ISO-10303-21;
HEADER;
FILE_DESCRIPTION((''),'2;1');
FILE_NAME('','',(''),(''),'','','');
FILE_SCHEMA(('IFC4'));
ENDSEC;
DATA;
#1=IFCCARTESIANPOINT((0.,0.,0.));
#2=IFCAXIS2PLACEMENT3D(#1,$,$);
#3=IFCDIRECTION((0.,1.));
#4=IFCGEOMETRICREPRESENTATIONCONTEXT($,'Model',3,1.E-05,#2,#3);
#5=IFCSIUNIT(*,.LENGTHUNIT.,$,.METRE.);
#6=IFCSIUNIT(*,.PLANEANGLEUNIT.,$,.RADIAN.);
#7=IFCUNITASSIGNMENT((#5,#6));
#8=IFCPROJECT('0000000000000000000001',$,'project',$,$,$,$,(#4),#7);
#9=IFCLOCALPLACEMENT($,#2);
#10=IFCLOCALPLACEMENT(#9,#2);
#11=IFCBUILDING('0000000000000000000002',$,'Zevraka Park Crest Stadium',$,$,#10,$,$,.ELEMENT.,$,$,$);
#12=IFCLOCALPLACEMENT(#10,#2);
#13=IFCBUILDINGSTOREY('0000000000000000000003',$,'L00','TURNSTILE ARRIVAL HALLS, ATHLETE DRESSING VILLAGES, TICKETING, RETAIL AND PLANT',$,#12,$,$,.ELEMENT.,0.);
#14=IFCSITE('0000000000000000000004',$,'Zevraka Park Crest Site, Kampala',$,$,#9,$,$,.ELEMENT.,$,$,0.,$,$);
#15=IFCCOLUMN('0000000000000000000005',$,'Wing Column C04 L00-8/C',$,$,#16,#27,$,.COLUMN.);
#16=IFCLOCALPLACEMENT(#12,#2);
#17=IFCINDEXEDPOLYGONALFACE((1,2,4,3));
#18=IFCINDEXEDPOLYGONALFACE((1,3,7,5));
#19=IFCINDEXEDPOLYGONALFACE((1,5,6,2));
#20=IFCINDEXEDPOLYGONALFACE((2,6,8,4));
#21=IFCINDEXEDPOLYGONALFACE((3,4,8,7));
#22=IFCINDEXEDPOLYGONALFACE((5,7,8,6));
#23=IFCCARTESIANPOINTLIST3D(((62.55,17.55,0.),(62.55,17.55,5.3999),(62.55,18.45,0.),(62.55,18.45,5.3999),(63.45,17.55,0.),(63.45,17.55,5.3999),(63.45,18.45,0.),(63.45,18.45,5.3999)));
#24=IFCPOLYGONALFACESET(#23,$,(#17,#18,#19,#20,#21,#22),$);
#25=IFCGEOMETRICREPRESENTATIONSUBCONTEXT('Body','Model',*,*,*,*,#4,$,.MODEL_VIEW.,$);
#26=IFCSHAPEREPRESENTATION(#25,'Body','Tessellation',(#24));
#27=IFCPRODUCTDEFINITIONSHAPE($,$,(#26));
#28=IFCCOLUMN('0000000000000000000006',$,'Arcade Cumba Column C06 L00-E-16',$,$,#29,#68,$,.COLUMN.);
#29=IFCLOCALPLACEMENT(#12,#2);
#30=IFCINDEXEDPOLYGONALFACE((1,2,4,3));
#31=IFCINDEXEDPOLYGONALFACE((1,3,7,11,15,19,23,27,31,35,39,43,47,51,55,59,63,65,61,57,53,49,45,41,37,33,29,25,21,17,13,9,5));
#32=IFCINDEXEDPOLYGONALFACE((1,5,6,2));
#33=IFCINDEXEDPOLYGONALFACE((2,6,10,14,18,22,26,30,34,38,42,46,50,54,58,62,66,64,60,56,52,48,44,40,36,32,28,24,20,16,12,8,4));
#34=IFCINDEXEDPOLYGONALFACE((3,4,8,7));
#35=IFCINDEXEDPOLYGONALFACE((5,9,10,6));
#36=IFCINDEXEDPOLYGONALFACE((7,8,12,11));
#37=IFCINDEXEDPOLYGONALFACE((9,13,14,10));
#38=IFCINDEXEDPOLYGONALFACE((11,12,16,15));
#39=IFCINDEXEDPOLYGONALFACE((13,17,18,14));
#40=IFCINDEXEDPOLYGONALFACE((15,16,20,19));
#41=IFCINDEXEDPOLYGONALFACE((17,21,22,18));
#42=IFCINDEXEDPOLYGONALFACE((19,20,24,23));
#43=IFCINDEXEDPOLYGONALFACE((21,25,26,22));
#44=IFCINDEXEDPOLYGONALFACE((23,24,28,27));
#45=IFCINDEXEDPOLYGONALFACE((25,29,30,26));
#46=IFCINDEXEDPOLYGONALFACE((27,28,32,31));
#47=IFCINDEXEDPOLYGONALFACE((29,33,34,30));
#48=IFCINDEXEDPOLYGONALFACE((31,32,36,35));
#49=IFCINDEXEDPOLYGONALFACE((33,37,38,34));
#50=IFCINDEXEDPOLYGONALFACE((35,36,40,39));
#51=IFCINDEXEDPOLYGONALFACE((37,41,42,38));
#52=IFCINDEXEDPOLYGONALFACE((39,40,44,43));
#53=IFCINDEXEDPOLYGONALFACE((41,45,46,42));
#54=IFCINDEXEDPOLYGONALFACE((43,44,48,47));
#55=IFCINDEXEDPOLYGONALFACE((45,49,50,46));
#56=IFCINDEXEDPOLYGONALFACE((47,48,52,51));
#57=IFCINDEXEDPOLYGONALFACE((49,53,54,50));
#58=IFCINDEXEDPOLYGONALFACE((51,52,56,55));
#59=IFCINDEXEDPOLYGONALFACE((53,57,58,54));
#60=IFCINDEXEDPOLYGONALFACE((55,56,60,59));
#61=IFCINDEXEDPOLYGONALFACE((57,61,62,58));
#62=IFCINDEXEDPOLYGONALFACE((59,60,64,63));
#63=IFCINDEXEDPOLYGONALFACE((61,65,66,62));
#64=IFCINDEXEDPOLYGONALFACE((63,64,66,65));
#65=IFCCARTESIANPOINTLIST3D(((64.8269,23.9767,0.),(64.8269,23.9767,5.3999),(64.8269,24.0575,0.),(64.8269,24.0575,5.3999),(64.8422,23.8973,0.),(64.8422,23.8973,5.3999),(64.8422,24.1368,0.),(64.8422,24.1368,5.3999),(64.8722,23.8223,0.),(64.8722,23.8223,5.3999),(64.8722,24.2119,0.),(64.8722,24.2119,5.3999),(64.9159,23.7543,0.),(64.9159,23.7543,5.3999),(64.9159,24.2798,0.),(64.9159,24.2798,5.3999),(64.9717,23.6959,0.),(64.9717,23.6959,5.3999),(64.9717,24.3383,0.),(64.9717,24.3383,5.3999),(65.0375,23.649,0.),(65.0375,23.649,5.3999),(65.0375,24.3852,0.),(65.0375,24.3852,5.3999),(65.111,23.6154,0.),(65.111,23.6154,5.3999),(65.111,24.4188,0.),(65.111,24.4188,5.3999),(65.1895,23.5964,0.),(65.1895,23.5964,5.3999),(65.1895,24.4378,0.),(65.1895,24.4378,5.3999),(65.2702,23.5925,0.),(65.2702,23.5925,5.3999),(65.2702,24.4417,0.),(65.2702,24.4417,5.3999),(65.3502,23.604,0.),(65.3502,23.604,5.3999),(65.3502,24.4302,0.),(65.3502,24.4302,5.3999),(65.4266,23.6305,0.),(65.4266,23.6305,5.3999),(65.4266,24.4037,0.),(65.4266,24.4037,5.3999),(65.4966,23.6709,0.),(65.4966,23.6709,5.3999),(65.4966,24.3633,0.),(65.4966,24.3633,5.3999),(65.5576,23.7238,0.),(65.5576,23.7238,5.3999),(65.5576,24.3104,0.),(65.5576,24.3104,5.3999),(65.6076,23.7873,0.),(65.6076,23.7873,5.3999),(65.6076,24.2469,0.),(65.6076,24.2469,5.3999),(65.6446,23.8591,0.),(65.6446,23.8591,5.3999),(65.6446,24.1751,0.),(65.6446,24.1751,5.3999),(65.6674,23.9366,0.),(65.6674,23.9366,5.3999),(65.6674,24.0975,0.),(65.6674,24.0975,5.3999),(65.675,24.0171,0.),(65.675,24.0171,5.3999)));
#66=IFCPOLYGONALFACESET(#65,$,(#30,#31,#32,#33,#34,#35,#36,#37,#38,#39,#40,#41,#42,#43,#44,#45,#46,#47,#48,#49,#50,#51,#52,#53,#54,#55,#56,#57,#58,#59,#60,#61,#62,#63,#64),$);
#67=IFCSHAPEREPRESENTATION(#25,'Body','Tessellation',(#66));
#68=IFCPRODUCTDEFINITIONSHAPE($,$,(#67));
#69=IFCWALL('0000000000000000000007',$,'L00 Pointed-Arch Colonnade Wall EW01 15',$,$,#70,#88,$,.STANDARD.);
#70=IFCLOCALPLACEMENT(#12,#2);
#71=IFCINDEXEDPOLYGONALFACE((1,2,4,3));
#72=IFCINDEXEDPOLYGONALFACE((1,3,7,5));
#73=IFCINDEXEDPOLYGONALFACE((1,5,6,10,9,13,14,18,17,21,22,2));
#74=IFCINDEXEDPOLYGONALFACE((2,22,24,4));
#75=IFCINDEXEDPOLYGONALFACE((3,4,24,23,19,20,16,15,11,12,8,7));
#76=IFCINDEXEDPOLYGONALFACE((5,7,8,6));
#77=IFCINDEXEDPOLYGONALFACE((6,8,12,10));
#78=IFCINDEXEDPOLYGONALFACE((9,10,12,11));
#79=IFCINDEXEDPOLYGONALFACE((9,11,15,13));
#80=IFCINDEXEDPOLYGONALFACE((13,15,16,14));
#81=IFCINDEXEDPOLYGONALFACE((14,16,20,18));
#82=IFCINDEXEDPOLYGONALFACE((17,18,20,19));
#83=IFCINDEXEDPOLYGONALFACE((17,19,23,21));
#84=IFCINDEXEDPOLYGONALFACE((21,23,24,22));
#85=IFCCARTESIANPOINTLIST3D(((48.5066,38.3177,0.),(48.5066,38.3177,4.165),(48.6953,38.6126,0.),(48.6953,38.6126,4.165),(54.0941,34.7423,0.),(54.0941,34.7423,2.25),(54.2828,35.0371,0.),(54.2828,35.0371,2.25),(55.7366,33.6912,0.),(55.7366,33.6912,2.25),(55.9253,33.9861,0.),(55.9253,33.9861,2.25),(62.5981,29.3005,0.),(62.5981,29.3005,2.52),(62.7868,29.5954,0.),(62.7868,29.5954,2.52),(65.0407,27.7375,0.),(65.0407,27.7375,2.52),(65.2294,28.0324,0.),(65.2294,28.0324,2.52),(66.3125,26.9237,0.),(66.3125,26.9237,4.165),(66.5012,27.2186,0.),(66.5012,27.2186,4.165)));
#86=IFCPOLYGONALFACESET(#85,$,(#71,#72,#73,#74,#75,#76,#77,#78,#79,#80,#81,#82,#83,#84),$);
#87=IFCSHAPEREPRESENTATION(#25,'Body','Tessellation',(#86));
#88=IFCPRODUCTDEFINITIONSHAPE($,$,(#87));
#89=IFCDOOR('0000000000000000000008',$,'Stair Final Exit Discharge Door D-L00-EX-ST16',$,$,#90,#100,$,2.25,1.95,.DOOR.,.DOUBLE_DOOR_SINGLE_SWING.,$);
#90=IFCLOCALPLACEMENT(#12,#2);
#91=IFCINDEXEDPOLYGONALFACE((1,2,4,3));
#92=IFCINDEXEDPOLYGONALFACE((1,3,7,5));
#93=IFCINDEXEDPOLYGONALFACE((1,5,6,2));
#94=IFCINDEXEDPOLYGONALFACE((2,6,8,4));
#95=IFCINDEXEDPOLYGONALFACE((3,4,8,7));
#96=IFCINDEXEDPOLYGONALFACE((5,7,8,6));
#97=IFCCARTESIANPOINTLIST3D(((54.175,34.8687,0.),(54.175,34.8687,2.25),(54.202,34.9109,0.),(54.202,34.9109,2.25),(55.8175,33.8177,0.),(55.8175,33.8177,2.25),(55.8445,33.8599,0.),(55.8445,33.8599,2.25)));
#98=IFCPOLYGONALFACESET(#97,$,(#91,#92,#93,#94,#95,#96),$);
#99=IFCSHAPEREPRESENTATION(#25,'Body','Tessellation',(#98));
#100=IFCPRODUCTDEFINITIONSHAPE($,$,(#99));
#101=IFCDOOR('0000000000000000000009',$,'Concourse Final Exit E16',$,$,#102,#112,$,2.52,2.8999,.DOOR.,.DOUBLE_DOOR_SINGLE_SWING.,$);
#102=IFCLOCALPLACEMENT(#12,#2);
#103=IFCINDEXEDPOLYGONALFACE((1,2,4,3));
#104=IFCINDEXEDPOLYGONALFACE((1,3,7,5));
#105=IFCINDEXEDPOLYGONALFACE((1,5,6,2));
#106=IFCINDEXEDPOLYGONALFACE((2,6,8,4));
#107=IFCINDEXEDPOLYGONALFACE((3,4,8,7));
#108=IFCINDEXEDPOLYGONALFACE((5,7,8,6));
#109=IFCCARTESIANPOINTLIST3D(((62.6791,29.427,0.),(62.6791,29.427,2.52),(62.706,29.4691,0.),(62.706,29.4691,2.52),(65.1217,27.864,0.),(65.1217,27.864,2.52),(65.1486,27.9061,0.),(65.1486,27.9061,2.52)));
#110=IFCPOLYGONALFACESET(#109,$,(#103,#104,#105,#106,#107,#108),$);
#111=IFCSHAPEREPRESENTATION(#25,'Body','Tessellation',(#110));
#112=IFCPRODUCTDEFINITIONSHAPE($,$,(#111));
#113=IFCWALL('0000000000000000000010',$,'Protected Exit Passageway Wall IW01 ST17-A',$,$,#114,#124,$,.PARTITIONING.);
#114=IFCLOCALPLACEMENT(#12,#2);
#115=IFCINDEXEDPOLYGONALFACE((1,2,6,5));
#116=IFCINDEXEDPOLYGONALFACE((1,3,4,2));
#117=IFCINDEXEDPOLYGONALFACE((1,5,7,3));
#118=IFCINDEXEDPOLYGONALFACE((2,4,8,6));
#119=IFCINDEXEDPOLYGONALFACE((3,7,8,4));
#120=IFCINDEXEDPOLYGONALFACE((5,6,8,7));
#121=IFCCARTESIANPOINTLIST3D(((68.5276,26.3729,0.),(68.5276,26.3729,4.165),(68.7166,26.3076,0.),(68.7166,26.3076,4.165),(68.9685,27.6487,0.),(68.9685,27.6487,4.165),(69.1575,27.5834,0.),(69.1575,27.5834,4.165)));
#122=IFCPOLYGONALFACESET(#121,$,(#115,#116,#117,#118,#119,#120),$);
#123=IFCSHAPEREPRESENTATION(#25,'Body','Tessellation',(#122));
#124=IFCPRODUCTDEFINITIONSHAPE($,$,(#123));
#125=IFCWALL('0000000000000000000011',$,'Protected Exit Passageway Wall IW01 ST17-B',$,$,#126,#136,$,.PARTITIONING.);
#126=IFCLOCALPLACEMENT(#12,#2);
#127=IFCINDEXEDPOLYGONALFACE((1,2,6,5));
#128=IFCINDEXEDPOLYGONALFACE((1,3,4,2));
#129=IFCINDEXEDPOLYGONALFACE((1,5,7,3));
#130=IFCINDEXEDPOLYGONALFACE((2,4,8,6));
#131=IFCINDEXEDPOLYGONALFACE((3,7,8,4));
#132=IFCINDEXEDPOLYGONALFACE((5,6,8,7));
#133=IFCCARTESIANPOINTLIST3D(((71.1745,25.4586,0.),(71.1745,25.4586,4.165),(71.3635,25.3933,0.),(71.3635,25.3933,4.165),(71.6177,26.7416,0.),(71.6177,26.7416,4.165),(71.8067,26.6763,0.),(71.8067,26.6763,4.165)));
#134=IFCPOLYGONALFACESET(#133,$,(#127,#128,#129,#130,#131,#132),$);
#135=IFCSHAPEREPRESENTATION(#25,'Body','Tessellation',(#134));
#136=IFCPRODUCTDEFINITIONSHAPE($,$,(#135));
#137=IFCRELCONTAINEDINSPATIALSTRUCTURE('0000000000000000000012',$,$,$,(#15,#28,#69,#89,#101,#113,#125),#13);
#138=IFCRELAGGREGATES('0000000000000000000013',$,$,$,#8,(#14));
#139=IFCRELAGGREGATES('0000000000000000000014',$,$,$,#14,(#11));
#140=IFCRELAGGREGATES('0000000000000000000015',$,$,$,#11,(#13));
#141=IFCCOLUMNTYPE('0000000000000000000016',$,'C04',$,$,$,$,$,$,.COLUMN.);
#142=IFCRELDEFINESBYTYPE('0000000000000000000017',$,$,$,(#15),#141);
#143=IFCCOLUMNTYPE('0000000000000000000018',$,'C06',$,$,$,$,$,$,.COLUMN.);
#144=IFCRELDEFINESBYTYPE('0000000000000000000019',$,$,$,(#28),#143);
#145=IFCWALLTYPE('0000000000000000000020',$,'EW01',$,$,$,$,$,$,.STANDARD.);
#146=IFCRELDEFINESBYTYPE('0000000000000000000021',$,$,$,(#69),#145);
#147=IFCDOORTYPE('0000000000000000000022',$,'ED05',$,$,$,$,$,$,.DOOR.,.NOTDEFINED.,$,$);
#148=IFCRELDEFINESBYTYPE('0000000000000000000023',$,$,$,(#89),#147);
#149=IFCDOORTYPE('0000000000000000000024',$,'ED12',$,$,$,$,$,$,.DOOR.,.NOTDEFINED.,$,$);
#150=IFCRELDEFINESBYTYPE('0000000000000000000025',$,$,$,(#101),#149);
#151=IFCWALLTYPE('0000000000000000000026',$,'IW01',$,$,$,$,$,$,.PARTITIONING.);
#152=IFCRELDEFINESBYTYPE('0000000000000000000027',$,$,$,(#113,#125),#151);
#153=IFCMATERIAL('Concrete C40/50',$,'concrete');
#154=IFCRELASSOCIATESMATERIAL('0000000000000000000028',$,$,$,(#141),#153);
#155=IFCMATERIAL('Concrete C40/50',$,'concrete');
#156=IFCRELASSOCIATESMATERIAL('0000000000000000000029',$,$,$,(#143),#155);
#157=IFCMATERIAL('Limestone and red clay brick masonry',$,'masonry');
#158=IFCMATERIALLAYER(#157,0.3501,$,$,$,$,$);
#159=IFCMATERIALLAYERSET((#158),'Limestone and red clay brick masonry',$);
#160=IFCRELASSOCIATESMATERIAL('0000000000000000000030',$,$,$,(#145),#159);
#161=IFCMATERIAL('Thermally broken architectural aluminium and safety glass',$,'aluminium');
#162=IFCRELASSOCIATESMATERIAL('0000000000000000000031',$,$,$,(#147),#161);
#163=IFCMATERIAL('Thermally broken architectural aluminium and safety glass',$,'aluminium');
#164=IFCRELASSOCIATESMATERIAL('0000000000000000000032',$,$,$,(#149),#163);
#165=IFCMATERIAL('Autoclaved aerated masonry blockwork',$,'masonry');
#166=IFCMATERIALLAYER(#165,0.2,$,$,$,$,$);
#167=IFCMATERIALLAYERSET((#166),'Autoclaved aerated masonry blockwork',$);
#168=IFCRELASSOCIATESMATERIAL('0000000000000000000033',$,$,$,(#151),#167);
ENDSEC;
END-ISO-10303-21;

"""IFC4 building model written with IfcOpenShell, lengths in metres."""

from ifc_helpers import new_model, si_unit, direction, frame, frame_2d, origin, origin_2d, place, context, subcontext, project, spatial, rectangle, circle, extrude, material, layer, layer_set, material_profile, profile_set, type_object, element, fill, save


model = new_model("IFC4")

# Units and contexts
model_context = context("Model", 3, precision=1e-05, world=origin(), true_north=direction((0.0, 1.0)))
body_context = subcontext(model_context, "Body", "Model", "MODEL_VIEW")
ifc_project = project(units=[si_unit("LENGTHUNIT", "METRE"), si_unit("PLANEANGLEUNIT", "RADIAN")], contexts=[model_context])

# Site, building, storey
site_placement = place(None, origin())
site = spatial("IfcSite", under=ifc_project, at=site_placement, Name="Zevraka Park Crest Site, Kampala", CompositionType="ELEMENT", RefElevation=0.0)
building_placement = place(site_placement, origin())
building = spatial("IfcBuilding", under=site, at=building_placement, Name="Zevraka Park Crest Stadium", CompositionType="ELEMENT")
storey_placement = place(building_placement, origin())
storey = spatial("IfcBuildingStorey", under=building, at=storey_placement, Name="L00", Description="TURNSTILE ARRIVAL HALLS, ATHLETE DRESSING VILLAGES, TICKETING, RETAIL AND PLANT", CompositionType="ELEMENT", Elevation=0.0)

# Columns
ifc_material_1 = material(Name="Concrete C40/50", Category="concrete")
ifc_material_profile_1 = material_profile(ifc_material_1, rectangle(XDim=0.8999, YDim=0.8999, at=origin_2d()), Name="RC 900x900")
ifc_profile_set_1 = profile_set([ifc_material_profile_1], Name="Concrete C40/50")
column_type_1 = type_object("IfcColumnType", Name="C04", PredefinedType="COLUMN", material=ifc_profile_set_1)
column_1_placement = place(storey_placement, frame((63.0, 18.0, 0.0), z_axis=(0.0, 0.0, 1.0), x_axis=(1.0, 0.0, 0.0)))
element("IfcColumn", 1, at=column_1_placement, inside=storey, type_object=column_type_1, Name="Wing Column C04 L00-8/C", PredefinedType="COLUMN", context=body_context, shape_type="SweptSolid", body=[
    extrude(rectangle(XDim=0.8999, YDim=0.8999, at=origin_2d()), origin(), (0.0, 0.0, 1.0), 5.3999),
])
ifc_material_2 = material(Name="Concrete C40/50", Category="concrete")
ifc_material_profile_2 = material_profile(ifc_material_2, circle(Radius=0.425, at=origin_2d()), Name="RC D850")
ifc_profile_set_2 = profile_set([ifc_material_profile_2], Name="Concrete C40/50")
column_type_2 = type_object("IfcColumnType", Name="C06", PredefinedType="COLUMN", material=ifc_profile_set_2)
column_2_placement = place(storey_placement, frame((65.25, 24.0171, 0.0), z_axis=(0.0, 0.0, 1.0), x_axis=(1.0, 0.0, 0.0)))
element("IfcColumn", 2, at=column_2_placement, inside=storey, type_object=column_type_2, Name="Arcade Cumba Column C06 L00-E-16", PredefinedType="COLUMN", context=body_context, shape_type="SweptSolid", body=[
    extrude(circle(Radius=0.425, at=origin_2d()), origin(), (0.0, 0.0, 1.0), 5.3999),
])

# Wall, openings, doors
ifc_material_3 = material(Name="Limestone and red clay brick masonry", Category="masonry")
ifc_layer_1 = layer(ifc_material_3, 0.3501)
ifc_layer_set_1 = layer_set([ifc_layer_1], Name="Limestone and red clay brick masonry")
wall_type_1 = type_object("IfcWallType", Name="EW01", PredefinedType="STANDARD", material=ifc_layer_set_1)
wall_1_placement = place(storey_placement, frame((66.407, 27.071, 0.0), z_axis=(0.0, 0.0, 1.0), x_axis=(-0.842309, 0.538995, 0.0)))
wall_1 = element("IfcWall", 3, at=wall_1_placement, inside=storey, type_object=wall_type_1, Name="L00 Pointed-Arch Colonnade Wall EW01 15", PredefinedType="STANDARD", context=body_context, shape_type="SweptSolid", body=[
    extrude(rectangle(XDim=21.1394, YDim=0.3501, at=frame_2d((10.5698, 0.0))), origin(), (0.0, 0.0, 1.0), 4.165),
])
opening_1_placement = place(wall_1_placement, frame((12.5559, 0.0, 0.0)))
opening_1 = element("IfcOpeningElement", 4, at=opening_1_placement, cuts=wall_1, PredefinedType="OPENING", context=body_context, shape_type="SweptSolid", body=[
    extrude(rectangle(XDim=1.95, YDim=2.25, at=frame_2d((0.9751, 1.125))), frame((0.0, 0.1851, 0.0), z_axis=(0.0, -1.0, 0.0), x_axis=(1.0, 0.0, 0.0)), (0.0, 0.0, 1.0), 0.3701),
])
opening_2_placement = place(wall_1_placement, frame((1.51, 0.0, 0.0)))
opening_2 = element("IfcOpeningElement", 5, at=opening_2_placement, cuts=wall_1, PredefinedType="OPENING", context=body_context, shape_type="SweptSolid", body=[
    extrude(rectangle(XDim=2.8999, YDim=2.52, at=frame_2d((1.45, 1.26))), frame((0.0, 0.1851, 0.0), z_axis=(0.0, -1.0, 0.0), x_axis=(1.0, 0.0, 0.0)), (0.0, 0.0, 1.0), 0.3701),
])
ifc_material_4 = material(Name="Thermally broken architectural aluminium and safety glass", Category="aluminium")
door_type_1 = type_object("IfcDoorType", Name="ED05", OperationType="NOTDEFINED", PredefinedType="DOOR", material=ifc_material_4)
door_1_placement = place(opening_1_placement, origin())
door_1 = element("IfcDoor", 6, at=door_1_placement, inside=storey, type_object=door_type_1, Name="Stair Final Exit Discharge Door D-L00-EX-ST16", OperationType="DOUBLE_DOOR_SINGLE_SWING", OverallHeight=2.25, OverallWidth=1.95, PredefinedType="DOOR", context=body_context, shape_type="SweptSolid", body=[
    extrude(rectangle(XDim=1.95, YDim=2.25, at=frame_2d((0.9751, 1.125))), frame((0.0, 0.0249, 0.0), z_axis=(0.0, -1.0, 0.0), x_axis=(1.0, 0.0, 0.0)), (0.0, 0.0, 1.0), 0.05),
])
fill(opening_1, door_1)
ifc_material_5 = material(Name="Thermally broken architectural aluminium and safety glass", Category="aluminium")
door_type_2 = type_object("IfcDoorType", Name="ED12", OperationType="NOTDEFINED", PredefinedType="DOOR", material=ifc_material_5)
door_2_placement = place(opening_2_placement, origin())
door_2 = element("IfcDoor", 7, at=door_2_placement, inside=storey, type_object=door_type_2, Name="Concourse Final Exit E16", OperationType="DOUBLE_DOOR_SINGLE_SWING", OverallHeight=2.52, OverallWidth=2.8999, PredefinedType="DOOR", context=body_context, shape_type="SweptSolid", body=[
    extrude(rectangle(XDim=2.8999, YDim=2.52, at=frame_2d((1.45, 1.26))), frame((0.0, 0.0249, 0.0), z_axis=(0.0, -1.0, 0.0), x_axis=(1.0, 0.0, 0.0)), (0.0, 0.0, 1.0), 0.05),
])
fill(opening_2, door_2)

# Walls
ifc_material_6 = material(Name="Autoclaved aerated masonry blockwork", Category="masonry")
ifc_layer_2 = layer(ifc_material_6, 0.2)
ifc_layer_set_2 = layer_set([ifc_layer_2], Name="Autoclaved aerated masonry blockwork")
wall_type_2 = type_object("IfcWallType", Name="IW01", PredefinedType="PARTITIONING", material=ifc_layer_set_2)
wall_2_placement = place(storey_placement, frame((69.063, 27.616, 0.0), z_axis=(0.0, 0.0, 1.0), x_axis=(-0.326626, -0.945154, 0.0)))
element("IfcWall", 8, at=wall_2_placement, inside=storey, type_object=wall_type_2, Name="Protected Exit Passageway Wall IW01 ST17-A", PredefinedType="PARTITIONING", context=body_context, shape_type="SweptSolid", body=[
    extrude(rectangle(XDim=1.3499, YDim=0.2, at=frame_2d((0.6748, 0.0))), origin(), (0.0, 0.0, 1.0), 4.165),
])
wall_3_placement = place(storey_placement, frame((71.7122, 26.709, 0.0), z_axis=(0.0, 0.0, 1.0), x_axis=(-0.326462, -0.94521, 0.0)))
element("IfcWall", 9, at=wall_3_placement, inside=storey, type_object=wall_type_2, Name="Protected Exit Passageway Wall IW01 ST17-B", PredefinedType="PARTITIONING", context=body_context, shape_type="SweptSolid", body=[
    extrude(rectangle(XDim=1.3574, YDim=0.2, at=frame_2d((0.6787, 0.0))), origin(), (0.0, 0.0, 1.0), 4.165),
])

save(model, "model.ifc")
